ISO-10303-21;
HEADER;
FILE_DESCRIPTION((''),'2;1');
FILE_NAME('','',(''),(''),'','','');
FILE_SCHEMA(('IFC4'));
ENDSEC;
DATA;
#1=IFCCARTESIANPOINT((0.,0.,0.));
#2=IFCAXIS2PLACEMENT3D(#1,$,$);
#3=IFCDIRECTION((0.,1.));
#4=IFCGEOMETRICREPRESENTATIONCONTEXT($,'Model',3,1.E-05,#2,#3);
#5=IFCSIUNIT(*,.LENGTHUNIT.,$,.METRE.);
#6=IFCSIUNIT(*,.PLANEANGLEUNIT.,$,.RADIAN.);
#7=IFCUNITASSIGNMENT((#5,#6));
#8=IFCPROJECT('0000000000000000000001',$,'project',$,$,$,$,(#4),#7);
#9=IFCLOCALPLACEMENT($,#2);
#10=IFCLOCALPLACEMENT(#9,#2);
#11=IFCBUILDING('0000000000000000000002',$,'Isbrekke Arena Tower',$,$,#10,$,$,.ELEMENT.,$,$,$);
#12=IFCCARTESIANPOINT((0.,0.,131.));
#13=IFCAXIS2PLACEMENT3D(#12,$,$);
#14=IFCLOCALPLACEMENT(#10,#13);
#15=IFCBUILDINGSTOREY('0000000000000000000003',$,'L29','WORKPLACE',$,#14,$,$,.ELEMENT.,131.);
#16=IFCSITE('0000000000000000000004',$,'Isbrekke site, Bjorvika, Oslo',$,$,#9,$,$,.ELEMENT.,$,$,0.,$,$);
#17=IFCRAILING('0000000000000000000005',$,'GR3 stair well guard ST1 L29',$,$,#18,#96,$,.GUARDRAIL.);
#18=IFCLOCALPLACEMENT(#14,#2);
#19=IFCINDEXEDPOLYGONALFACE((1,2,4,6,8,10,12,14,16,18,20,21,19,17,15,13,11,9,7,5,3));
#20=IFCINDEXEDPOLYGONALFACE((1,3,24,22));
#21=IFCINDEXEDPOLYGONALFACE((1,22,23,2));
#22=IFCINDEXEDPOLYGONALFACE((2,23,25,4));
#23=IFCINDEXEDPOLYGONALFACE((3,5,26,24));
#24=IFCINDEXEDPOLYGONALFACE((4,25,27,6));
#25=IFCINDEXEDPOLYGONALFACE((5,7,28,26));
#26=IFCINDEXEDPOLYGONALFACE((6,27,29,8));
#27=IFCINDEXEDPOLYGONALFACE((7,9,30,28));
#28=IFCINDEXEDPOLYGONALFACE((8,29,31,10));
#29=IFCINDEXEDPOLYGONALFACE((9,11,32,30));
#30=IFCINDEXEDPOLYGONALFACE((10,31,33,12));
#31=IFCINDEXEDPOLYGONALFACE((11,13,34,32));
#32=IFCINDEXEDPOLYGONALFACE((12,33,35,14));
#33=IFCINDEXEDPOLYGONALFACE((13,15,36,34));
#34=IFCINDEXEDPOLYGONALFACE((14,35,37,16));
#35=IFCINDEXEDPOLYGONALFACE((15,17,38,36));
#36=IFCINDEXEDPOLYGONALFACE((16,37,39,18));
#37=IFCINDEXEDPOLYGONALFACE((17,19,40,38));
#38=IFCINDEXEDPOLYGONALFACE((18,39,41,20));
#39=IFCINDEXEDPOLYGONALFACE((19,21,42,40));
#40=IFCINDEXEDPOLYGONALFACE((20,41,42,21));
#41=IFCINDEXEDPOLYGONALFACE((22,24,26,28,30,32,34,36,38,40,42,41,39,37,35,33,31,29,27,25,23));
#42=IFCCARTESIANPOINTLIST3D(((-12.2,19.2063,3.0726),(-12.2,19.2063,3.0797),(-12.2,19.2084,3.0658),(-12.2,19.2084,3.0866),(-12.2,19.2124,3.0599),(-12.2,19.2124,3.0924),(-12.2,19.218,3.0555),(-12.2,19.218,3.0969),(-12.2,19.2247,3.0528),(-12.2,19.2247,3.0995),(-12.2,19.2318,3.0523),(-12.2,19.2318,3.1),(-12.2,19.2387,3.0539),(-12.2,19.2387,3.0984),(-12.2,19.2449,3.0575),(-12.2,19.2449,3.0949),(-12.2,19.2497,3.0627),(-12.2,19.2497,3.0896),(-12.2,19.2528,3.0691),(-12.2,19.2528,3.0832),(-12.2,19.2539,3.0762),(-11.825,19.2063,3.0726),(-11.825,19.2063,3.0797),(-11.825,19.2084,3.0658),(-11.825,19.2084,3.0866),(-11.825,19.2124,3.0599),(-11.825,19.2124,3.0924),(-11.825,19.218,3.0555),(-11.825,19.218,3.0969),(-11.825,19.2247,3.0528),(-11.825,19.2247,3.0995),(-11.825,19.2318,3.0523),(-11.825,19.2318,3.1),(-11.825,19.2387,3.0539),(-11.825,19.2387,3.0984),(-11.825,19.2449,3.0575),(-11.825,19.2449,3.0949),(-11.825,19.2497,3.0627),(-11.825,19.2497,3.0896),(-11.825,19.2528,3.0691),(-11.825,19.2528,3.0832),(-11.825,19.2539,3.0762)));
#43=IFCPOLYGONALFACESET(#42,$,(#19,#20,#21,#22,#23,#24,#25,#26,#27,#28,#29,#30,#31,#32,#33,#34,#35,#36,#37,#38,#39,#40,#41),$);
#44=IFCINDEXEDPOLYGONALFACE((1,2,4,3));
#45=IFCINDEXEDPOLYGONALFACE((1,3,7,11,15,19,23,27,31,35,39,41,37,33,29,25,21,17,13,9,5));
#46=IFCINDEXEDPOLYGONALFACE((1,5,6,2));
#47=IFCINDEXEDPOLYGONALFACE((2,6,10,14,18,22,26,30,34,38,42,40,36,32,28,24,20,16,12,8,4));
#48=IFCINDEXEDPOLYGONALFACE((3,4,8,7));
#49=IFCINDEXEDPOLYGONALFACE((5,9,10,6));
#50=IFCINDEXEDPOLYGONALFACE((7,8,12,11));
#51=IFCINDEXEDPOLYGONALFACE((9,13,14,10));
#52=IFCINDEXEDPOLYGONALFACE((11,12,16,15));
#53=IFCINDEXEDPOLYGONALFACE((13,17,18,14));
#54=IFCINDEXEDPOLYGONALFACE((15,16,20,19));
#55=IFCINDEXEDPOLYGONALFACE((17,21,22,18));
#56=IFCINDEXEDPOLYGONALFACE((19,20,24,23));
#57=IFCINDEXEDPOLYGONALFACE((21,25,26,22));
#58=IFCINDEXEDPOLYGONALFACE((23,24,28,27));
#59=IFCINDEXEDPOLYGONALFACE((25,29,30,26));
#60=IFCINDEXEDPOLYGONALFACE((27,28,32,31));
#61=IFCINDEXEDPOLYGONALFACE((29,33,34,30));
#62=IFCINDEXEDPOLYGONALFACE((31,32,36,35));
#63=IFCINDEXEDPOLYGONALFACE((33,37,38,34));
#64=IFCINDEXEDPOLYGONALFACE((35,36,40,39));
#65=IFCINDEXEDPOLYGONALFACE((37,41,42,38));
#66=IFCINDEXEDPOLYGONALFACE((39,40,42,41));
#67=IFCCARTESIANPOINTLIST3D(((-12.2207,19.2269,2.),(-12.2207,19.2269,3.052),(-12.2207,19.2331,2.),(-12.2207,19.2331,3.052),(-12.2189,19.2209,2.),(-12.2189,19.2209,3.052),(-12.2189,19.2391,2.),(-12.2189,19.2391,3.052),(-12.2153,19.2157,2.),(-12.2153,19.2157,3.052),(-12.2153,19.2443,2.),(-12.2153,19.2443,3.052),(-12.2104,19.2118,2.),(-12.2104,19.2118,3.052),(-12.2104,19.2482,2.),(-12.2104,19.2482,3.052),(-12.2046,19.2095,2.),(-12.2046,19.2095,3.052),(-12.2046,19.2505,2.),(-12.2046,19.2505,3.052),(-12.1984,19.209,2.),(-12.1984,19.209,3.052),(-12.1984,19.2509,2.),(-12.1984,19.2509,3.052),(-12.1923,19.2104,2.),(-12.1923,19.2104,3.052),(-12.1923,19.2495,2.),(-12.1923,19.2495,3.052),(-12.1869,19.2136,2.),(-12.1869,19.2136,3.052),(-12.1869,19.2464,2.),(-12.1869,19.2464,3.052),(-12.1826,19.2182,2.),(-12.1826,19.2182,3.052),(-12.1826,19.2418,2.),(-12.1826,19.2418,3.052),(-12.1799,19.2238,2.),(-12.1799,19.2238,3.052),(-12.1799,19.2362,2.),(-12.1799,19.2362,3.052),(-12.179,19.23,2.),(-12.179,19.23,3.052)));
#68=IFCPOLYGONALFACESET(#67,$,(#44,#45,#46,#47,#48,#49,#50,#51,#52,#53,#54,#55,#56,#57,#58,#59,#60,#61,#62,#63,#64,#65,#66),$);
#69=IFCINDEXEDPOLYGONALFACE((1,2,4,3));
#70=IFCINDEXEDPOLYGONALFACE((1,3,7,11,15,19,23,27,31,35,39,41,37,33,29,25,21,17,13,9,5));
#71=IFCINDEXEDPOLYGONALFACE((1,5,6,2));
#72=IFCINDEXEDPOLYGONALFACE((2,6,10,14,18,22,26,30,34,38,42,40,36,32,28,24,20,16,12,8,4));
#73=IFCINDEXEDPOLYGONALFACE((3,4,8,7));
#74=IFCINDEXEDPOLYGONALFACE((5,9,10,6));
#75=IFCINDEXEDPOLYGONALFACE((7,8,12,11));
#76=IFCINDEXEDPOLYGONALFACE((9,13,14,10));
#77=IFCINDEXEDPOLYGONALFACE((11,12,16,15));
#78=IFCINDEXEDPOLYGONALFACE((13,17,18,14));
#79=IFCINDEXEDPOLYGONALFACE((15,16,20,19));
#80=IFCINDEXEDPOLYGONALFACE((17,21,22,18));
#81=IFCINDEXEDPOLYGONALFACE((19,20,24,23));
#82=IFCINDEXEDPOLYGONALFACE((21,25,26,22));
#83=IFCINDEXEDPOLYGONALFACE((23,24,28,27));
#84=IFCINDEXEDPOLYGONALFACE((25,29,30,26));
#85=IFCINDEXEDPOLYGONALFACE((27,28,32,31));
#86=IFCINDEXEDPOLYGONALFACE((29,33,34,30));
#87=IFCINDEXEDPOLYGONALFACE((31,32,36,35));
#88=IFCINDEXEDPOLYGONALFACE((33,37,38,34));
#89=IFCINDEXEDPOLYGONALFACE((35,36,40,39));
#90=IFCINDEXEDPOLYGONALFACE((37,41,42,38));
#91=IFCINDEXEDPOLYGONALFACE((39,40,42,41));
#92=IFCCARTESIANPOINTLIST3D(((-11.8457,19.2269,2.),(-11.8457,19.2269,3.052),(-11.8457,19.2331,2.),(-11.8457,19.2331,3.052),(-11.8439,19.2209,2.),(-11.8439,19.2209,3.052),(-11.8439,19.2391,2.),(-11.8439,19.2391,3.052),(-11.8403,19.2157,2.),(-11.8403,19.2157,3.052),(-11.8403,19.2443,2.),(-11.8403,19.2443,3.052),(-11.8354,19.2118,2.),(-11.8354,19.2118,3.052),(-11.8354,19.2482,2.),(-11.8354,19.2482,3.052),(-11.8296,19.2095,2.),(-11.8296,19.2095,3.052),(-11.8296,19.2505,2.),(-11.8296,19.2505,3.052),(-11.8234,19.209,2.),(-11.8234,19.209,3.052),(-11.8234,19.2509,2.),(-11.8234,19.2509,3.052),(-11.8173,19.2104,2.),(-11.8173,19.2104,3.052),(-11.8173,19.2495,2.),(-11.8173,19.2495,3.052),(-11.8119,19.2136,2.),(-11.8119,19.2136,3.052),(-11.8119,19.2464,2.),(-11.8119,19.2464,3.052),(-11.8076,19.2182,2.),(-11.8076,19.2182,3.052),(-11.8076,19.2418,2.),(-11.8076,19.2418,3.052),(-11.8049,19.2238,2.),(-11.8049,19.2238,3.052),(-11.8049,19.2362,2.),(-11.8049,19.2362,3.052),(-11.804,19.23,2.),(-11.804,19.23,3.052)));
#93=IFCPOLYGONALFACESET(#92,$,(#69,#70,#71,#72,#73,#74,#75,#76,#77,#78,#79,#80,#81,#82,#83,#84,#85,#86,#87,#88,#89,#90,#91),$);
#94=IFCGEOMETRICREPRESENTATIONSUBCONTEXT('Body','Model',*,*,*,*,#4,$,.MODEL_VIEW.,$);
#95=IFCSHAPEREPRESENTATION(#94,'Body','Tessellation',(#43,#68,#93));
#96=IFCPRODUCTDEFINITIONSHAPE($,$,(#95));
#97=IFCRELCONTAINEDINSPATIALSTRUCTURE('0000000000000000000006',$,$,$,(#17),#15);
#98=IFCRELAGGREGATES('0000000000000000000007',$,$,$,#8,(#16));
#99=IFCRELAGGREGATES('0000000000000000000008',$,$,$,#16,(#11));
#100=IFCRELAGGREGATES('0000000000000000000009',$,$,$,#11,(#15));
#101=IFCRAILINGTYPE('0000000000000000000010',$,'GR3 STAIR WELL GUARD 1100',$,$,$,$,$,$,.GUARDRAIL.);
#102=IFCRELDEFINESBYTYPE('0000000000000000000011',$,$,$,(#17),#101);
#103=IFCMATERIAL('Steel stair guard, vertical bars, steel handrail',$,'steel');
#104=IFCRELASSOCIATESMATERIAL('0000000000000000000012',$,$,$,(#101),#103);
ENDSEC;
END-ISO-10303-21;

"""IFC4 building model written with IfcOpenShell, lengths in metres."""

from ifc_helpers import new_model, si_unit, direction, frame, origin, origin_2d, place, context, subcontext, project, spatial, circle, extrude, material, type_object, element, save


model = new_model("IFC4")

# Units and contexts
model_context = context("Model", 3, precision=1e-05, world=origin(), true_north=direction((0.0, 1.0)))
body_context = subcontext(model_context, "Body", "Model", "MODEL_VIEW")
ifc_project = project(units=[si_unit("LENGTHUNIT", "METRE"), si_unit("PLANEANGLEUNIT", "RADIAN")], contexts=[model_context])

# Site, building, storey
site_placement = place(None, origin())
site = spatial("IfcSite", under=ifc_project, at=site_placement, Name="Isbrekke site, Bjorvika, Oslo", CompositionType="ELEMENT", RefElevation=0.0)
building_placement = place(site_placement, origin())
building = spatial("IfcBuilding", under=site, at=building_placement, Name="Isbrekke Arena Tower", CompositionType="ELEMENT")
storey_placement = place(building_placement, frame((0.0, 0.0, 131.0)))
storey = spatial("IfcBuildingStorey", under=building, at=storey_placement, Name="L29", Description="WORKPLACE", CompositionType="ELEMENT", Elevation=131.0)

# Railing
ifc_material_1 = material(Name="Steel stair guard, vertical bars, steel handrail", Category="steel")
railing_type = type_object("IfcRailingType", Name="GR3 STAIR WELL GUARD 1100", PredefinedType="GUARDRAIL", material=ifc_material_1)
for number, where, name in (
    (1, (-12.2, 19.23, 2.0), "GR3 stair well guard ST1 L29"),
):
    element("IfcRailing", number, at=place(storey_placement, frame(where)), inside=storey, type_object=railing_type, Name=name, PredefinedType="GUARDRAIL", context=body_context, shape_type="SweptSolid", body=[
        extrude(circle(Radius=0.0239, at=origin_2d()), frame((0.0, 0.0, 1.0762), z_axis=(1.0, 0.0, 0.0), x_axis=(0.0, 1.0, 0.0)), (0.0, 0.0, 1.0), 0.375),
        extrude(circle(Radius=0.021, at=origin_2d()), origin(), (0.0, 0.0, 1.0), 1.052),
        extrude(circle(Radius=0.021, at=origin_2d()), frame((0.375, 0.0, 0.0)), (0.0, 0.0, 1.0), 1.052),
    ])

save(model, "model.ifc")
